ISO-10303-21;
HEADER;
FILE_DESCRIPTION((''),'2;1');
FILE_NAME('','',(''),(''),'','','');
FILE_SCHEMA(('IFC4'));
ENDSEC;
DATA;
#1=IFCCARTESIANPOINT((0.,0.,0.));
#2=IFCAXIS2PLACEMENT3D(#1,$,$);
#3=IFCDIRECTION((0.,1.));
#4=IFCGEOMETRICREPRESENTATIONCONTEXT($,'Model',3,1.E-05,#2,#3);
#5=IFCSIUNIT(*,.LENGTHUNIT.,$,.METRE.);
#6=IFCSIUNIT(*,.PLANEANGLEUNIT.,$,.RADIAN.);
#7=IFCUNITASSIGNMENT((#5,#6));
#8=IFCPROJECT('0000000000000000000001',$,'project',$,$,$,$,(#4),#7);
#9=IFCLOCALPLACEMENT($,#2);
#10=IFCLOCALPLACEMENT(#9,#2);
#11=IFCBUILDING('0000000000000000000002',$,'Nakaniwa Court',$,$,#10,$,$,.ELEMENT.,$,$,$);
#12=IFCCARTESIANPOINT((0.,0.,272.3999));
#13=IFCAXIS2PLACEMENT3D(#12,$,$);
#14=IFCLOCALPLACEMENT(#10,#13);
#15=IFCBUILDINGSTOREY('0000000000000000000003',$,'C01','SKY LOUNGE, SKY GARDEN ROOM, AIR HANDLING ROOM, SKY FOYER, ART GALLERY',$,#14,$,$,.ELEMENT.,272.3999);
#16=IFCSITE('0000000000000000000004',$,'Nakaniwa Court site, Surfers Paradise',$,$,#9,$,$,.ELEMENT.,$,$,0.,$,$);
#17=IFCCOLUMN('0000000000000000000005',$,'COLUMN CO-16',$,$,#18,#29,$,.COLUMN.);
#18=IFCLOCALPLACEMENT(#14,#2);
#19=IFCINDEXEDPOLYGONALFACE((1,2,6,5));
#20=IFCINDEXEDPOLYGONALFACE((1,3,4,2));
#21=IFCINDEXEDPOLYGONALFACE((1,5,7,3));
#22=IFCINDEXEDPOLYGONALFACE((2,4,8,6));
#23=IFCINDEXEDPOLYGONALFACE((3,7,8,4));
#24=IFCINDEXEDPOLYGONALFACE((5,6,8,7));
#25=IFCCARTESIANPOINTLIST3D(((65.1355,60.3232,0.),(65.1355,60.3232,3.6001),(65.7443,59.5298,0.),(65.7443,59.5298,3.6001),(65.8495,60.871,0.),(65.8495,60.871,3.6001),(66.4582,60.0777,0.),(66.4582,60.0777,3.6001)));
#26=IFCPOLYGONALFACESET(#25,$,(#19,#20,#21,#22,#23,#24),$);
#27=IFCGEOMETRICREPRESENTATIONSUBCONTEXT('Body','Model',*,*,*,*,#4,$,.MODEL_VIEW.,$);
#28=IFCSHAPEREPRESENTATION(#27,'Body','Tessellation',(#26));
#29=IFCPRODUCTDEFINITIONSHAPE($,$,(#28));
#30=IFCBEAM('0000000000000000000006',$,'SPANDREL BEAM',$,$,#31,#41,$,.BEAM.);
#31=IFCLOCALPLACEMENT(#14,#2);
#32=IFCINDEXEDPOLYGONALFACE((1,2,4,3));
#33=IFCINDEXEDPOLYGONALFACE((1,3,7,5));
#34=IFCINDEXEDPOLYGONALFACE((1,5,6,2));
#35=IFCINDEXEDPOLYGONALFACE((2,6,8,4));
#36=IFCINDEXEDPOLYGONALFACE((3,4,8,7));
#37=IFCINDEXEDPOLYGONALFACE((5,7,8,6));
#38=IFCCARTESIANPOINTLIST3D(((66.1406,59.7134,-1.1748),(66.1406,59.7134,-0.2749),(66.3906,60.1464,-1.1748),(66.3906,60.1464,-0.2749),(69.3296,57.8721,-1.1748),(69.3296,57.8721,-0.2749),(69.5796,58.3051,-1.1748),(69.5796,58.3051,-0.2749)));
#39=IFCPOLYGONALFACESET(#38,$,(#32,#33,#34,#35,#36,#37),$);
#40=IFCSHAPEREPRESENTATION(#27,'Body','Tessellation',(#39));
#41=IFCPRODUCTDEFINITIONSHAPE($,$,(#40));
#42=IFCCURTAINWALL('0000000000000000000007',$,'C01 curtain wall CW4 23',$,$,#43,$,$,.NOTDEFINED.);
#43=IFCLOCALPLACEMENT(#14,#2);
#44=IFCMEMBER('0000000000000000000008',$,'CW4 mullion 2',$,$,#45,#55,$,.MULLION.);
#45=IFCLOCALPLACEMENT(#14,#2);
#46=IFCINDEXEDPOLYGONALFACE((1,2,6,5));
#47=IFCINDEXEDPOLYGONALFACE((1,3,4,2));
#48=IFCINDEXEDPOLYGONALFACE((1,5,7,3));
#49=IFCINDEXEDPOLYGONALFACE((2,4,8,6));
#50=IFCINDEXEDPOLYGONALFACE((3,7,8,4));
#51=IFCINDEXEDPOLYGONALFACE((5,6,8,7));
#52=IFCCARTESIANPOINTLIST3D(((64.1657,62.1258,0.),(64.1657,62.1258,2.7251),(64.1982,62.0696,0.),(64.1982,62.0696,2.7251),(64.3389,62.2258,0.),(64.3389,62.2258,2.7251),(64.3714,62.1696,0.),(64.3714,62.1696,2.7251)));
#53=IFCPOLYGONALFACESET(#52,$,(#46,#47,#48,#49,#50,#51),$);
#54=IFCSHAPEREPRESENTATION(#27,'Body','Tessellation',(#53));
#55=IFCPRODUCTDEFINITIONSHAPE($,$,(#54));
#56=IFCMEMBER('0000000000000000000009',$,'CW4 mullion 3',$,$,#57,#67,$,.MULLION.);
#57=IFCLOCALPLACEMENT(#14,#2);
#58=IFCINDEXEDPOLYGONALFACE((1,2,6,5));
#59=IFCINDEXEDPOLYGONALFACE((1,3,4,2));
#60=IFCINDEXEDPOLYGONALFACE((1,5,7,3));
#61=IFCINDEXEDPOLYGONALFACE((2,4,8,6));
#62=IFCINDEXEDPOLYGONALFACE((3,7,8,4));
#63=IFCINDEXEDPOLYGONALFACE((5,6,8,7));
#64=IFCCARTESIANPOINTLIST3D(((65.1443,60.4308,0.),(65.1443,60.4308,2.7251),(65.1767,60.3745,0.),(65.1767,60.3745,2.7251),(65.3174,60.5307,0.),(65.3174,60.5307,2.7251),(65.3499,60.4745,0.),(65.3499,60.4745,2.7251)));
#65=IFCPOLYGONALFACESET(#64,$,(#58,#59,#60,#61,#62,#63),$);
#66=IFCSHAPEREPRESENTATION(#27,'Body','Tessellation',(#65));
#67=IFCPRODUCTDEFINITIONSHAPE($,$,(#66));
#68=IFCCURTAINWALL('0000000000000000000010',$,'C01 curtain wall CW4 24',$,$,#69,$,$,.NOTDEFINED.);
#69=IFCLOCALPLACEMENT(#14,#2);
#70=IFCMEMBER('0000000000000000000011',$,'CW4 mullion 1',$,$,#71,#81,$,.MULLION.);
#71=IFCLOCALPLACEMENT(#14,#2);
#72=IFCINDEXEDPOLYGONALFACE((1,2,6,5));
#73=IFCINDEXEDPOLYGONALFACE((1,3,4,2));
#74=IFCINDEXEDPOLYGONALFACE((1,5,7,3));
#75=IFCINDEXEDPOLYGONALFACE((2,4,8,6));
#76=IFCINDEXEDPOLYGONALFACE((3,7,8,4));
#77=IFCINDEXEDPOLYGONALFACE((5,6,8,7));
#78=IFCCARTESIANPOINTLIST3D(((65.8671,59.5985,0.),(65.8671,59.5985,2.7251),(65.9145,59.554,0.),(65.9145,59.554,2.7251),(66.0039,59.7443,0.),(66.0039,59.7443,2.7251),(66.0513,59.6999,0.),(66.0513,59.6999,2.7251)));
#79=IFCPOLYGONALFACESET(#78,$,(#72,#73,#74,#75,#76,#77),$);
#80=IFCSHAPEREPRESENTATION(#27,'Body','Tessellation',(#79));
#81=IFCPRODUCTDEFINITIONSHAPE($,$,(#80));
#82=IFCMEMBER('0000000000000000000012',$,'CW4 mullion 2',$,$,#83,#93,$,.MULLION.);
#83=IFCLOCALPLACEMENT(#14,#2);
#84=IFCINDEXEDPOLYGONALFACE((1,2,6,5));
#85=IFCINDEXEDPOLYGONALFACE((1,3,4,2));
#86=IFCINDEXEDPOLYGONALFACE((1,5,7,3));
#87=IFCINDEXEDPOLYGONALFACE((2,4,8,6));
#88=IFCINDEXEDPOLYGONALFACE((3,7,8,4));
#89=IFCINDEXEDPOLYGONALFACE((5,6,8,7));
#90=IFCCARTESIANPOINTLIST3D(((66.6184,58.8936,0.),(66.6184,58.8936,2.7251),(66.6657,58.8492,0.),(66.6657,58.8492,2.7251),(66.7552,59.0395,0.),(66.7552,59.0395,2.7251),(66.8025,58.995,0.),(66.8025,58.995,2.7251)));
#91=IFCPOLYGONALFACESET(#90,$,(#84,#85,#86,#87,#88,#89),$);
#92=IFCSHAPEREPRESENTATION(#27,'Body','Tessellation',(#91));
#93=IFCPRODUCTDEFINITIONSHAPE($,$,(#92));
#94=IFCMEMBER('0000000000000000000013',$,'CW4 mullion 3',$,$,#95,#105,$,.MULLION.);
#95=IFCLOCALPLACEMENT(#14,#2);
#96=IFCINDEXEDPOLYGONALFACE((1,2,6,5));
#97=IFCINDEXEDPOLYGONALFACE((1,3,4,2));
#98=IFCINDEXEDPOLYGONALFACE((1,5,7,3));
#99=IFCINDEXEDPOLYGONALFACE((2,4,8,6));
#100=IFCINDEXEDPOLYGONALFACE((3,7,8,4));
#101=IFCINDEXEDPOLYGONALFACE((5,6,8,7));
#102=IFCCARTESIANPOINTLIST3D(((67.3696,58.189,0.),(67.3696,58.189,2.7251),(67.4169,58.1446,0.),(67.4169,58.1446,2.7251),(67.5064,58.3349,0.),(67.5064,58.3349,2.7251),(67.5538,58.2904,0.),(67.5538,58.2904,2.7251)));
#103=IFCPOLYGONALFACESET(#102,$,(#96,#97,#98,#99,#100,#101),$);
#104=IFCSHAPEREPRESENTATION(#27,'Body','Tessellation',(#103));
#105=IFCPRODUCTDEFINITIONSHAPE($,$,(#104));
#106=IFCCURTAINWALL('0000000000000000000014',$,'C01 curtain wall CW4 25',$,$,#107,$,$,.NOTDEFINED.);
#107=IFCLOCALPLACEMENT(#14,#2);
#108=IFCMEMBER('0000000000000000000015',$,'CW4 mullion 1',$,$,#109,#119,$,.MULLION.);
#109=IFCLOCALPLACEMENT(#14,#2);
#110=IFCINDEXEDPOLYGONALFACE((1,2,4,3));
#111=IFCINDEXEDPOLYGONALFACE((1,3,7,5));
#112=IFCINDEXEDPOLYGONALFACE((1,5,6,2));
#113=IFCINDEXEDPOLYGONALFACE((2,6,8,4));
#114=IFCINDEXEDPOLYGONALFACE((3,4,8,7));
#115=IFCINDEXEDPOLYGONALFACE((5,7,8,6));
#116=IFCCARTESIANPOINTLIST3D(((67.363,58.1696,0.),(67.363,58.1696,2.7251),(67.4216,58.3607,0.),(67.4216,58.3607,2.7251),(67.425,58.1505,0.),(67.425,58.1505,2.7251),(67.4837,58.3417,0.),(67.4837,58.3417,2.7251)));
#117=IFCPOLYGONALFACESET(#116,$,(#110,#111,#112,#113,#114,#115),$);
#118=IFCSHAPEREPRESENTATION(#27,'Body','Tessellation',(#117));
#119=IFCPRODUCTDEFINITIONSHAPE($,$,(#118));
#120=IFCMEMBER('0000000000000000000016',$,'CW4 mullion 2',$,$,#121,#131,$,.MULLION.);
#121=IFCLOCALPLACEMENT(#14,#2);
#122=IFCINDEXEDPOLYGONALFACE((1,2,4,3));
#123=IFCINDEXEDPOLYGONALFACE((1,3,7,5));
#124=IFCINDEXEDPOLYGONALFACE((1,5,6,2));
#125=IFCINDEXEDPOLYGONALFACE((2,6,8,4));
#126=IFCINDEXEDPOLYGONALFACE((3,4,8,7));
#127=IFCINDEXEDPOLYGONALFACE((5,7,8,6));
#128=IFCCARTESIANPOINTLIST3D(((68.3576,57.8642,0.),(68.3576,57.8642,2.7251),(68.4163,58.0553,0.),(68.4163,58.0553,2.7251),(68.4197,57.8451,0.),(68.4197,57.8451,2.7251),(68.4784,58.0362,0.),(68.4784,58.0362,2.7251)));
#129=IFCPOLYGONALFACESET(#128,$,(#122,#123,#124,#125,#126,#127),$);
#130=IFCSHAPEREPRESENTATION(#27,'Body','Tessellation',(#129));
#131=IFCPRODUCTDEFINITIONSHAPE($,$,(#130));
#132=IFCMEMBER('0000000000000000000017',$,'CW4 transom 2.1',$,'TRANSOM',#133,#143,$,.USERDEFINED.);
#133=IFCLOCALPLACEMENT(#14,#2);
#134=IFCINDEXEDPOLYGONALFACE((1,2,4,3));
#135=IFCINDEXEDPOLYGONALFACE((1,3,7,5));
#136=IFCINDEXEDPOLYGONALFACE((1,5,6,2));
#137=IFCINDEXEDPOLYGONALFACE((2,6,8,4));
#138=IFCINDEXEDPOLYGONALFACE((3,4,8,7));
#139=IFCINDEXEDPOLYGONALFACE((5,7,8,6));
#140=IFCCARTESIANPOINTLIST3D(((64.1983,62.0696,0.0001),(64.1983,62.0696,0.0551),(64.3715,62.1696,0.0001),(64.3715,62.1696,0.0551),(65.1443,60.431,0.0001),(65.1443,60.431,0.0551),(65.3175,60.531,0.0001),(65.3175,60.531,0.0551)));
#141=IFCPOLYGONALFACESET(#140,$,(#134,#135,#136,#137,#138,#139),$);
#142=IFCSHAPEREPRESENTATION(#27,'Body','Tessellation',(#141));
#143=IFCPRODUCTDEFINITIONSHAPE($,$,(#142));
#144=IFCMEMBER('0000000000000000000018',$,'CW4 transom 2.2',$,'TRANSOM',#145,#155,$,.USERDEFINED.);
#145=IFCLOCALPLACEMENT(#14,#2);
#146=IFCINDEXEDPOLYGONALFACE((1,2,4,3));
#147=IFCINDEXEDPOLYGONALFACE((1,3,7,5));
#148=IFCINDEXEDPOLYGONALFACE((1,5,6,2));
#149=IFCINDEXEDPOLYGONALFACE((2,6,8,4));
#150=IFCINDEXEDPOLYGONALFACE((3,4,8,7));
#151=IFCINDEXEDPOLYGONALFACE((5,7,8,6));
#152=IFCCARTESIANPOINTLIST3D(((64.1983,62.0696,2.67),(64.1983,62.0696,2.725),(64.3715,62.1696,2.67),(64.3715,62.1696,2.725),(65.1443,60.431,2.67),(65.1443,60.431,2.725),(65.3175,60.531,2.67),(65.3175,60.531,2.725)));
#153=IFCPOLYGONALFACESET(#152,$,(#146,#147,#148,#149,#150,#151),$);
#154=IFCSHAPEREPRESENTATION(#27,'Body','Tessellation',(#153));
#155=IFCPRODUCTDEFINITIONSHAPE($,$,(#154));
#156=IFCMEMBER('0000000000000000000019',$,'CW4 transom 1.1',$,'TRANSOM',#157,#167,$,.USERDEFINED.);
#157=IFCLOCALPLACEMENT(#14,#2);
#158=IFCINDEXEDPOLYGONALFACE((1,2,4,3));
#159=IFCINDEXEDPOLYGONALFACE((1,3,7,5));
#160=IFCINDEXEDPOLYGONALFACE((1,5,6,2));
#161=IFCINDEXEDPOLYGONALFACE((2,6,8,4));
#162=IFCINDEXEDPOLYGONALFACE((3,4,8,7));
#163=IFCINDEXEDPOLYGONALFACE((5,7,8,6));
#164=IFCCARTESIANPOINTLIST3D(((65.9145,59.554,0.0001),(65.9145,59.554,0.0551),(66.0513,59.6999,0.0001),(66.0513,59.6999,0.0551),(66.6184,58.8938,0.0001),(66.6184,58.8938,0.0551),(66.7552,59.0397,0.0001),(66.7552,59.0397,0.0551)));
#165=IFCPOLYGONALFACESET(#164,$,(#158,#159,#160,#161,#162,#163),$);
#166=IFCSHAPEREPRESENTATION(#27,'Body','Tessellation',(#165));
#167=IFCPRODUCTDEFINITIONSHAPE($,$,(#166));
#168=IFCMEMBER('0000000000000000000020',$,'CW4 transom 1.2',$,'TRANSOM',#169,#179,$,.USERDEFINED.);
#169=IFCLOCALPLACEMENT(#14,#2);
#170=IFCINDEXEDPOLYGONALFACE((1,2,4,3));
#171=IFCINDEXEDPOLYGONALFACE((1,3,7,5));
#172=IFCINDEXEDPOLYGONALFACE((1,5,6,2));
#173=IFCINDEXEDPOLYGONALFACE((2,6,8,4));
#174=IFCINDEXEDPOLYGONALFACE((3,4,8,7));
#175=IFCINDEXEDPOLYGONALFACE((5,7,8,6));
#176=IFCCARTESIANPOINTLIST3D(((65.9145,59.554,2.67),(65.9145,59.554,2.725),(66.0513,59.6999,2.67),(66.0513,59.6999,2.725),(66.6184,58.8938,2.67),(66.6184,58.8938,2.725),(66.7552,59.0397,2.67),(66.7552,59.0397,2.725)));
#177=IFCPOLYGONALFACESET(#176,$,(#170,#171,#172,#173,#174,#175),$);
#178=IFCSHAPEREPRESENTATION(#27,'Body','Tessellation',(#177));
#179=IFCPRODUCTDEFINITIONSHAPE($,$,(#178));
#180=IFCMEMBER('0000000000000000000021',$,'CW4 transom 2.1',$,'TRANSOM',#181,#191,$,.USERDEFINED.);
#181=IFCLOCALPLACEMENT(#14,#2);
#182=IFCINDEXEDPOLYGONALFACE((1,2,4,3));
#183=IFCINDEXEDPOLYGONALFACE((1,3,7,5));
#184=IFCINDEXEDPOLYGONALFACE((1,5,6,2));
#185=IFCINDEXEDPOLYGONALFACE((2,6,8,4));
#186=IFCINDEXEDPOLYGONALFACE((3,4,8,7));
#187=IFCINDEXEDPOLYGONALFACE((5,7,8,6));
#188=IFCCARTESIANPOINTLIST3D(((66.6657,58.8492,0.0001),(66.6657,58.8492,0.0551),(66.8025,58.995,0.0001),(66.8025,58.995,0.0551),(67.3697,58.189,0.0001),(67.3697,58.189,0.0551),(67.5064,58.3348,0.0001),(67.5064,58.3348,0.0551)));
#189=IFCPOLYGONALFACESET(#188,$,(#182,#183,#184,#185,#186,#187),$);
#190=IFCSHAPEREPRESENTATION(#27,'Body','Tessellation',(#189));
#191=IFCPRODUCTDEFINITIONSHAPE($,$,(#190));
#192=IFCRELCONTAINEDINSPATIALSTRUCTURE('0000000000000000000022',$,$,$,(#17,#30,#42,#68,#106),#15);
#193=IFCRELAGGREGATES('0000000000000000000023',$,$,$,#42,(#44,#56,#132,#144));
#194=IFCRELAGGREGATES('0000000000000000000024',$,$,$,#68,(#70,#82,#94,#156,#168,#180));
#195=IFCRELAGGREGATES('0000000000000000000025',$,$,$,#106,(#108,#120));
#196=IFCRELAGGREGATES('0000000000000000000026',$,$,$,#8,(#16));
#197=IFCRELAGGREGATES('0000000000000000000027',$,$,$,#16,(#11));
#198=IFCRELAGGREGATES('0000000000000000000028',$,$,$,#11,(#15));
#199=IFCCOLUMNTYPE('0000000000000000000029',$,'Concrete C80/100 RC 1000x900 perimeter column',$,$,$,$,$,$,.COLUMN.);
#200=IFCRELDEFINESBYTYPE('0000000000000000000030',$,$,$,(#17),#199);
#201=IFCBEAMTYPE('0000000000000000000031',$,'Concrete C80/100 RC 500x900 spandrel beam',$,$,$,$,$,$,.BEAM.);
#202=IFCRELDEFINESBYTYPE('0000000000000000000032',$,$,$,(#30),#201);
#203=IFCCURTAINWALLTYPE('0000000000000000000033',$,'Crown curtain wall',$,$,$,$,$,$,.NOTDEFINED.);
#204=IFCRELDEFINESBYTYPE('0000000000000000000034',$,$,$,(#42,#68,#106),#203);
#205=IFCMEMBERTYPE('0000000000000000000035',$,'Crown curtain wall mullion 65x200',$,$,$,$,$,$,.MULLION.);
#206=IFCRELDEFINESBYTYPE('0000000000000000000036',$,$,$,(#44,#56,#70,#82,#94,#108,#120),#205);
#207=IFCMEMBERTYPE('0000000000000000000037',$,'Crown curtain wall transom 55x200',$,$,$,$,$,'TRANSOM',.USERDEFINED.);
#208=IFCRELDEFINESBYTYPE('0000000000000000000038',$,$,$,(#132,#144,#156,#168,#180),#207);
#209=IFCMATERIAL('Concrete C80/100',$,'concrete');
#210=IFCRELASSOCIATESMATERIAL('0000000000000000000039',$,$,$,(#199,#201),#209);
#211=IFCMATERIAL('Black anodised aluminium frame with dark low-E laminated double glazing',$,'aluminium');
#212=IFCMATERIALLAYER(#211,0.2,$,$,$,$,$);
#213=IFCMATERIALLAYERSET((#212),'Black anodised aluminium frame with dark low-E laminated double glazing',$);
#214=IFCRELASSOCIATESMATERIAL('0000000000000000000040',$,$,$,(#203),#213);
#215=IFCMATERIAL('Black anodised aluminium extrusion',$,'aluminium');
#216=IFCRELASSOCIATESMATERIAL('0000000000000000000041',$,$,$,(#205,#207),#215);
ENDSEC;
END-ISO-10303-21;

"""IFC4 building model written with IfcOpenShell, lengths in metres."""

from ifc_helpers import new_model, si_unit, direction, frame, origin, origin_2d, place, context, subcontext, project, spatial, rectangle, extrude, material, layer, layer_set, material_profile, profile_set, type_object, element, aggregate, save


model = new_model("IFC4")

# Units and contexts
model_context = context("Model", 3, precision=1e-05, world=origin(), true_north=direction((0.0, 1.0)))
body_context = subcontext(model_context, "Body", "Model", "MODEL_VIEW")
ifc_project = project(units=[si_unit("LENGTHUNIT", "METRE"), si_unit("PLANEANGLEUNIT", "RADIAN")], contexts=[model_context])

# Site, building, storey
site_placement = place(None, origin())
site = spatial("IfcSite", under=ifc_project, at=site_placement, Name="Nakaniwa Court site, Surfers Paradise", CompositionType="ELEMENT", RefElevation=0.0)
building_placement = place(site_placement, origin())
building = spatial("IfcBuilding", under=site, at=building_placement, Name="Nakaniwa Court", CompositionType="ELEMENT")
storey_placement = place(building_placement, frame((0.0, 0.0, 272.3999)))
storey = spatial("IfcBuildingStorey", under=building, at=storey_placement, Name="C01", Description="SKY LOUNGE, SKY GARDEN ROOM, AIR HANDLING ROOM, SKY FOYER, ART GALLERY", CompositionType="ELEMENT", Elevation=272.3999)

# Column
ifc_material_1 = material(Name="Concrete C80/100", Category="concrete")
ifc_material_profile_1 = material_profile(ifc_material_1, rectangle(XDim=1.0, YDim=0.8999, at=origin_2d()), Name="Concrete C80/100 RC 1000x900 perimeter column")
ifc_profile_set_1 = profile_set([ifc_material_profile_1], Name="Concrete C80/100")
column_type = type_object("IfcColumnType", Name="Concrete C80/100 RC 1000x900 perimeter column", PredefinedType="COLUMN", material=ifc_profile_set_1)
column_placement = place(storey_placement, frame((65.7969, 60.2004, 0.0), z_axis=(0.0, 0.0, 1.0), x_axis=(0.608761, -0.793353, 0.0)))
element("IfcColumn", 1, at=column_placement, inside=storey, type_object=column_type, Name="COLUMN CO-16", PredefinedType="COLUMN", context=body_context, shape_type="SweptSolid", body=[
    extrude(rectangle(XDim=1.0, YDim=0.8999, at=origin_2d()), origin(), (0.0, 0.0, 1.0), 3.6001),
])

# Beam
ifc_material_profile_2 = material_profile(ifc_material_1, rectangle(XDim=0.5, YDim=0.8999, at=origin_2d()), Name="Concrete C80/100 RC 500x900 spandrel beam")
ifc_profile_set_2 = profile_set([ifc_material_profile_2], Name="Concrete C80/100")
beam_type = type_object("IfcBeamType", Name="Concrete C80/100 RC 500x900 spandrel beam", PredefinedType="BEAM", material=ifc_profile_set_2)
beam_placement = place(storey_placement, frame((66.2656, 59.9299, -0.7249), z_axis=(0.866007, -0.500032, 0.0), x_axis=(0.500032, 0.866007, 0.0)))
element("IfcBeam", 2, at=beam_placement, inside=storey, type_object=beam_type, Name="SPANDREL BEAM", PredefinedType="BEAM", context=body_context, shape_type="SweptSolid", body=[
    extrude(rectangle(XDim=0.5, YDim=0.8999, at=origin_2d()), origin(), (0.0, 0.0, 1.0), 3.6824),
])

# Curtain walls, members
ifc_material_2 = material(Name="Black anodised aluminium frame with dark low-E laminated double glazing", Category="aluminium")
ifc_layer_1 = layer(ifc_material_2, 0.2)
ifc_layer_set_1 = layer_set([ifc_layer_1], Name="Black anodised aluminium frame with dark low-E laminated double glazing")
curtain_wall_type = type_object("IfcCurtainWallType", Name="Crown curtain wall", PredefinedType="NOTDEFINED", material=ifc_layer_set_1)
curtain_wall_1_placement = place(storey_placement, origin())
curtain_wall_1 = element("IfcCurtainWall", 3, at=curtain_wall_1_placement, inside=storey, type_object=curtain_wall_type, Name="C01 curtain wall CW4 23", PredefinedType="NOTDEFINED")
ifc_material_3 = material(Name="Black anodised aluminium extrusion", Category="aluminium")
ifc_material_profile_3 = material_profile(ifc_material_3, rectangle(XDim=0.2, YDim=0.0649, at=origin_2d()), Name="Crown curtain wall mullion 65x200")
ifc_profile_set_3 = profile_set([ifc_material_profile_3], Name="Black anodised aluminium extrusion")
member_type_1 = type_object("IfcMemberType", Name="Crown curtain wall mullion 65x200", PredefinedType="MULLION", material=ifc_profile_set_3)
member_1_placement = place(storey_placement, frame((64.2686, 62.1477, 0.0), z_axis=(0.0, 0.0, 1.0), x_axis=(0.866028, 0.499996, 0.0)))
member_1 = element("IfcMember", 4, at=member_1_placement, type_object=member_type_1, Name="CW4 mullion 2", PredefinedType="MULLION", context=body_context, shape_type="SweptSolid", body=[
    extrude(rectangle(XDim=0.2, YDim=0.0649, at=origin_2d()), origin(), (0.0, 0.0, 1.0), 2.7251),
])
member_2_placement = place(storey_placement, frame((65.2471, 60.4526, 0.0), z_axis=(0.0, 0.0, 1.0), x_axis=(0.866028, 0.499996, 0.0)))
member_2 = element("IfcMember", 5, at=member_2_placement, type_object=member_type_1, Name="CW4 mullion 3", PredefinedType="MULLION", context=body_context, shape_type="SweptSolid", body=[
    extrude(rectangle(XDim=0.2, YDim=0.0649, at=origin_2d()), origin(), (0.0, 0.0, 1.0), 2.7251),
])
curtain_wall_2_placement = place(storey_placement, origin())
curtain_wall_2 = element("IfcCurtainWall", 6, at=curtain_wall_2_placement, inside=storey, type_object=curtain_wall_type, Name="C01 curtain wall CW4 24", PredefinedType="NOTDEFINED")
member_3_placement = place(storey_placement, frame((65.9592, 59.6492, 0.0), z_axis=(0.0, 0.0, 1.0), x_axis=(0.684182, 0.729311, 0.0)))
member_3 = element("IfcMember", 7, at=member_3_placement, type_object=member_type_1, Name="CW4 mullion 1", PredefinedType="MULLION", context=body_context, shape_type="SweptSolid", body=[
    extrude(rectangle(XDim=0.2, YDim=0.0649, at=origin_2d()), origin(), (0.0, 0.0, 1.0), 2.7251),
])
member_4_placement = place(storey_placement, frame((66.7104, 58.9443, 0.0), z_axis=(0.0, 0.0, 1.0), x_axis=(0.684182, 0.729311, 0.0)))
member_4 = element("IfcMember", 8, at=member_4_placement, type_object=member_type_1, Name="CW4 mullion 2", PredefinedType="MULLION", context=body_context, shape_type="SweptSolid", body=[
    extrude(rectangle(XDim=0.2, YDim=0.0649, at=origin_2d()), origin(), (0.0, 0.0, 1.0), 2.7251),
])
member_5_placement = place(storey_placement, frame((67.4617, 58.2397, 0.0), z_axis=(0.0, 0.0, 1.0), x_axis=(0.684182, 0.729311, 0.0)))
member_5 = element("IfcMember", 9, at=member_5_placement, type_object=member_type_1, Name="CW4 mullion 3", PredefinedType="MULLION", context=body_context, shape_type="SweptSolid", body=[
    extrude(rectangle(XDim=0.2, YDim=0.0649, at=origin_2d()), origin(), (0.0, 0.0, 1.0), 2.7251),
])
curtain_wall_3_placement = place(storey_placement, origin())
curtain_wall_3 = element("IfcCurtainWall", 10, at=curtain_wall_3_placement, inside=storey, type_object=curtain_wall_type, Name="C01 curtain wall CW4 25", PredefinedType="NOTDEFINED")
member_6_placement = place(storey_placement, frame((67.4233, 58.2556, 0.0), z_axis=(0.0, 0.0, 1.0), x_axis=(0.293506, 0.955957, 0.0)))
member_6 = element("IfcMember", 11, at=member_6_placement, type_object=member_type_1, Name="CW4 mullion 1", PredefinedType="MULLION", context=body_context, shape_type="SweptSolid", body=[
    extrude(rectangle(XDim=0.2, YDim=0.0649, at=origin_2d()), origin(), (0.0, 0.0, 1.0), 2.7251),
])
member_7_placement = place(storey_placement, frame((68.418, 57.9502, 0.0), z_axis=(0.0, 0.0, 1.0), x_axis=(0.293506, 0.955957, 0.0)))
member_7 = element("IfcMember", 12, at=member_7_placement, type_object=member_type_1, Name="CW4 mullion 2", PredefinedType="MULLION", context=body_context, shape_type="SweptSolid", body=[
    extrude(rectangle(XDim=0.2, YDim=0.0649, at=origin_2d()), origin(), (0.0, 0.0, 1.0), 2.7251),
])

# Members
ifc_material_profile_4 = material_profile(ifc_material_3, rectangle(XDim=0.2, YDim=0.0549, at=origin_2d()), Name="Crown curtain wall transom 55x200")
ifc_profile_set_4 = profile_set([ifc_material_profile_4], Name="Black anodised aluminium extrusion")
member_type_2 = type_object("IfcMemberType", Name="Crown curtain wall transom 55x200", ElementType="TRANSOM", PredefinedType="USERDEFINED", material=ifc_profile_set_4)
member_8_placement = place(storey_placement, frame((64.2849, 62.1196, 0.0276), z_axis=(0.499983, -0.866035, 0.0), x_axis=(0.866035, 0.499983, 0.0)))
member_8 = element("IfcMember", 13, at=member_8_placement, type_object=member_type_2, Name="CW4 transom 2.1", ObjectType="TRANSOM", PredefinedType="USERDEFINED", context=body_context, shape_type="SweptSolid", body=[
    extrude(rectangle(XDim=0.2, YDim=0.0549, at=origin_2d()), origin(), (0.0, 0.0, 1.0), 1.8921),
])
member_9_placement = place(storey_placement, frame((64.2849, 62.1196, 2.6975), z_axis=(0.499983, -0.866035, 0.0), x_axis=(0.866035, 0.499983, 0.0)))
member_9 = element("IfcMember", 14, at=member_9_placement, type_object=member_type_2, Name="CW4 transom 2.2", ObjectType="TRANSOM", PredefinedType="USERDEFINED", context=body_context, shape_type="SweptSolid", body=[
    extrude(rectangle(XDim=0.2, YDim=0.0549, at=origin_2d()), origin(), (0.0, 0.0, 1.0), 1.8921),
])
member_10_placement = place(storey_placement, frame((65.9829, 59.627, 0.0276), z_axis=(0.729387, -0.684101, 0.0), x_axis=(0.684101, 0.729387, 0.0)))
member_10 = element("IfcMember", 15, at=member_10_placement, type_object=member_type_2, Name="CW4 transom 1.1", ObjectType="TRANSOM", PredefinedType="USERDEFINED", context=body_context, shape_type="SweptSolid", body=[
    extrude(rectangle(XDim=0.2, YDim=0.0549, at=origin_2d()), origin(), (0.0, 0.0, 1.0), 0.9651),
])
member_11_placement = place(storey_placement, frame((65.9829, 59.627, 2.6975), z_axis=(0.729387, -0.684101, 0.0), x_axis=(0.684101, 0.729387, 0.0)))
member_11 = element("IfcMember", 16, at=member_11_placement, type_object=member_type_2, Name="CW4 transom 1.2", ObjectType="TRANSOM", PredefinedType="USERDEFINED", context=body_context, shape_type="SweptSolid", body=[
    extrude(rectangle(XDim=0.2, YDim=0.0549, at=origin_2d()), origin(), (0.0, 0.0, 1.0), 0.9651),
])
member_12_placement = place(storey_placement, frame((66.7341, 58.9221, 0.0276), z_axis=(0.729387, -0.684101, 0.0), x_axis=(0.684101, 0.729387, 0.0)))
member_12 = element("IfcMember", 17, at=member_12_placement, type_object=member_type_2, Name="CW4 transom 2.1", ObjectType="TRANSOM", PredefinedType="USERDEFINED", context=body_context, shape_type="SweptSolid", body=[
    extrude(rectangle(XDim=0.2, YDim=0.0549, at=origin_2d()), origin(), (0.0, 0.0, 1.0), 0.9651),
])

aggregate(curtain_wall_1, [member_1, member_2, member_8, member_9])
aggregate(curtain_wall_2, [member_3, member_4, member_5, member_10, member_11, member_12])
aggregate(curtain_wall_3, [member_6, member_7])

save(model, "model.ifc")
